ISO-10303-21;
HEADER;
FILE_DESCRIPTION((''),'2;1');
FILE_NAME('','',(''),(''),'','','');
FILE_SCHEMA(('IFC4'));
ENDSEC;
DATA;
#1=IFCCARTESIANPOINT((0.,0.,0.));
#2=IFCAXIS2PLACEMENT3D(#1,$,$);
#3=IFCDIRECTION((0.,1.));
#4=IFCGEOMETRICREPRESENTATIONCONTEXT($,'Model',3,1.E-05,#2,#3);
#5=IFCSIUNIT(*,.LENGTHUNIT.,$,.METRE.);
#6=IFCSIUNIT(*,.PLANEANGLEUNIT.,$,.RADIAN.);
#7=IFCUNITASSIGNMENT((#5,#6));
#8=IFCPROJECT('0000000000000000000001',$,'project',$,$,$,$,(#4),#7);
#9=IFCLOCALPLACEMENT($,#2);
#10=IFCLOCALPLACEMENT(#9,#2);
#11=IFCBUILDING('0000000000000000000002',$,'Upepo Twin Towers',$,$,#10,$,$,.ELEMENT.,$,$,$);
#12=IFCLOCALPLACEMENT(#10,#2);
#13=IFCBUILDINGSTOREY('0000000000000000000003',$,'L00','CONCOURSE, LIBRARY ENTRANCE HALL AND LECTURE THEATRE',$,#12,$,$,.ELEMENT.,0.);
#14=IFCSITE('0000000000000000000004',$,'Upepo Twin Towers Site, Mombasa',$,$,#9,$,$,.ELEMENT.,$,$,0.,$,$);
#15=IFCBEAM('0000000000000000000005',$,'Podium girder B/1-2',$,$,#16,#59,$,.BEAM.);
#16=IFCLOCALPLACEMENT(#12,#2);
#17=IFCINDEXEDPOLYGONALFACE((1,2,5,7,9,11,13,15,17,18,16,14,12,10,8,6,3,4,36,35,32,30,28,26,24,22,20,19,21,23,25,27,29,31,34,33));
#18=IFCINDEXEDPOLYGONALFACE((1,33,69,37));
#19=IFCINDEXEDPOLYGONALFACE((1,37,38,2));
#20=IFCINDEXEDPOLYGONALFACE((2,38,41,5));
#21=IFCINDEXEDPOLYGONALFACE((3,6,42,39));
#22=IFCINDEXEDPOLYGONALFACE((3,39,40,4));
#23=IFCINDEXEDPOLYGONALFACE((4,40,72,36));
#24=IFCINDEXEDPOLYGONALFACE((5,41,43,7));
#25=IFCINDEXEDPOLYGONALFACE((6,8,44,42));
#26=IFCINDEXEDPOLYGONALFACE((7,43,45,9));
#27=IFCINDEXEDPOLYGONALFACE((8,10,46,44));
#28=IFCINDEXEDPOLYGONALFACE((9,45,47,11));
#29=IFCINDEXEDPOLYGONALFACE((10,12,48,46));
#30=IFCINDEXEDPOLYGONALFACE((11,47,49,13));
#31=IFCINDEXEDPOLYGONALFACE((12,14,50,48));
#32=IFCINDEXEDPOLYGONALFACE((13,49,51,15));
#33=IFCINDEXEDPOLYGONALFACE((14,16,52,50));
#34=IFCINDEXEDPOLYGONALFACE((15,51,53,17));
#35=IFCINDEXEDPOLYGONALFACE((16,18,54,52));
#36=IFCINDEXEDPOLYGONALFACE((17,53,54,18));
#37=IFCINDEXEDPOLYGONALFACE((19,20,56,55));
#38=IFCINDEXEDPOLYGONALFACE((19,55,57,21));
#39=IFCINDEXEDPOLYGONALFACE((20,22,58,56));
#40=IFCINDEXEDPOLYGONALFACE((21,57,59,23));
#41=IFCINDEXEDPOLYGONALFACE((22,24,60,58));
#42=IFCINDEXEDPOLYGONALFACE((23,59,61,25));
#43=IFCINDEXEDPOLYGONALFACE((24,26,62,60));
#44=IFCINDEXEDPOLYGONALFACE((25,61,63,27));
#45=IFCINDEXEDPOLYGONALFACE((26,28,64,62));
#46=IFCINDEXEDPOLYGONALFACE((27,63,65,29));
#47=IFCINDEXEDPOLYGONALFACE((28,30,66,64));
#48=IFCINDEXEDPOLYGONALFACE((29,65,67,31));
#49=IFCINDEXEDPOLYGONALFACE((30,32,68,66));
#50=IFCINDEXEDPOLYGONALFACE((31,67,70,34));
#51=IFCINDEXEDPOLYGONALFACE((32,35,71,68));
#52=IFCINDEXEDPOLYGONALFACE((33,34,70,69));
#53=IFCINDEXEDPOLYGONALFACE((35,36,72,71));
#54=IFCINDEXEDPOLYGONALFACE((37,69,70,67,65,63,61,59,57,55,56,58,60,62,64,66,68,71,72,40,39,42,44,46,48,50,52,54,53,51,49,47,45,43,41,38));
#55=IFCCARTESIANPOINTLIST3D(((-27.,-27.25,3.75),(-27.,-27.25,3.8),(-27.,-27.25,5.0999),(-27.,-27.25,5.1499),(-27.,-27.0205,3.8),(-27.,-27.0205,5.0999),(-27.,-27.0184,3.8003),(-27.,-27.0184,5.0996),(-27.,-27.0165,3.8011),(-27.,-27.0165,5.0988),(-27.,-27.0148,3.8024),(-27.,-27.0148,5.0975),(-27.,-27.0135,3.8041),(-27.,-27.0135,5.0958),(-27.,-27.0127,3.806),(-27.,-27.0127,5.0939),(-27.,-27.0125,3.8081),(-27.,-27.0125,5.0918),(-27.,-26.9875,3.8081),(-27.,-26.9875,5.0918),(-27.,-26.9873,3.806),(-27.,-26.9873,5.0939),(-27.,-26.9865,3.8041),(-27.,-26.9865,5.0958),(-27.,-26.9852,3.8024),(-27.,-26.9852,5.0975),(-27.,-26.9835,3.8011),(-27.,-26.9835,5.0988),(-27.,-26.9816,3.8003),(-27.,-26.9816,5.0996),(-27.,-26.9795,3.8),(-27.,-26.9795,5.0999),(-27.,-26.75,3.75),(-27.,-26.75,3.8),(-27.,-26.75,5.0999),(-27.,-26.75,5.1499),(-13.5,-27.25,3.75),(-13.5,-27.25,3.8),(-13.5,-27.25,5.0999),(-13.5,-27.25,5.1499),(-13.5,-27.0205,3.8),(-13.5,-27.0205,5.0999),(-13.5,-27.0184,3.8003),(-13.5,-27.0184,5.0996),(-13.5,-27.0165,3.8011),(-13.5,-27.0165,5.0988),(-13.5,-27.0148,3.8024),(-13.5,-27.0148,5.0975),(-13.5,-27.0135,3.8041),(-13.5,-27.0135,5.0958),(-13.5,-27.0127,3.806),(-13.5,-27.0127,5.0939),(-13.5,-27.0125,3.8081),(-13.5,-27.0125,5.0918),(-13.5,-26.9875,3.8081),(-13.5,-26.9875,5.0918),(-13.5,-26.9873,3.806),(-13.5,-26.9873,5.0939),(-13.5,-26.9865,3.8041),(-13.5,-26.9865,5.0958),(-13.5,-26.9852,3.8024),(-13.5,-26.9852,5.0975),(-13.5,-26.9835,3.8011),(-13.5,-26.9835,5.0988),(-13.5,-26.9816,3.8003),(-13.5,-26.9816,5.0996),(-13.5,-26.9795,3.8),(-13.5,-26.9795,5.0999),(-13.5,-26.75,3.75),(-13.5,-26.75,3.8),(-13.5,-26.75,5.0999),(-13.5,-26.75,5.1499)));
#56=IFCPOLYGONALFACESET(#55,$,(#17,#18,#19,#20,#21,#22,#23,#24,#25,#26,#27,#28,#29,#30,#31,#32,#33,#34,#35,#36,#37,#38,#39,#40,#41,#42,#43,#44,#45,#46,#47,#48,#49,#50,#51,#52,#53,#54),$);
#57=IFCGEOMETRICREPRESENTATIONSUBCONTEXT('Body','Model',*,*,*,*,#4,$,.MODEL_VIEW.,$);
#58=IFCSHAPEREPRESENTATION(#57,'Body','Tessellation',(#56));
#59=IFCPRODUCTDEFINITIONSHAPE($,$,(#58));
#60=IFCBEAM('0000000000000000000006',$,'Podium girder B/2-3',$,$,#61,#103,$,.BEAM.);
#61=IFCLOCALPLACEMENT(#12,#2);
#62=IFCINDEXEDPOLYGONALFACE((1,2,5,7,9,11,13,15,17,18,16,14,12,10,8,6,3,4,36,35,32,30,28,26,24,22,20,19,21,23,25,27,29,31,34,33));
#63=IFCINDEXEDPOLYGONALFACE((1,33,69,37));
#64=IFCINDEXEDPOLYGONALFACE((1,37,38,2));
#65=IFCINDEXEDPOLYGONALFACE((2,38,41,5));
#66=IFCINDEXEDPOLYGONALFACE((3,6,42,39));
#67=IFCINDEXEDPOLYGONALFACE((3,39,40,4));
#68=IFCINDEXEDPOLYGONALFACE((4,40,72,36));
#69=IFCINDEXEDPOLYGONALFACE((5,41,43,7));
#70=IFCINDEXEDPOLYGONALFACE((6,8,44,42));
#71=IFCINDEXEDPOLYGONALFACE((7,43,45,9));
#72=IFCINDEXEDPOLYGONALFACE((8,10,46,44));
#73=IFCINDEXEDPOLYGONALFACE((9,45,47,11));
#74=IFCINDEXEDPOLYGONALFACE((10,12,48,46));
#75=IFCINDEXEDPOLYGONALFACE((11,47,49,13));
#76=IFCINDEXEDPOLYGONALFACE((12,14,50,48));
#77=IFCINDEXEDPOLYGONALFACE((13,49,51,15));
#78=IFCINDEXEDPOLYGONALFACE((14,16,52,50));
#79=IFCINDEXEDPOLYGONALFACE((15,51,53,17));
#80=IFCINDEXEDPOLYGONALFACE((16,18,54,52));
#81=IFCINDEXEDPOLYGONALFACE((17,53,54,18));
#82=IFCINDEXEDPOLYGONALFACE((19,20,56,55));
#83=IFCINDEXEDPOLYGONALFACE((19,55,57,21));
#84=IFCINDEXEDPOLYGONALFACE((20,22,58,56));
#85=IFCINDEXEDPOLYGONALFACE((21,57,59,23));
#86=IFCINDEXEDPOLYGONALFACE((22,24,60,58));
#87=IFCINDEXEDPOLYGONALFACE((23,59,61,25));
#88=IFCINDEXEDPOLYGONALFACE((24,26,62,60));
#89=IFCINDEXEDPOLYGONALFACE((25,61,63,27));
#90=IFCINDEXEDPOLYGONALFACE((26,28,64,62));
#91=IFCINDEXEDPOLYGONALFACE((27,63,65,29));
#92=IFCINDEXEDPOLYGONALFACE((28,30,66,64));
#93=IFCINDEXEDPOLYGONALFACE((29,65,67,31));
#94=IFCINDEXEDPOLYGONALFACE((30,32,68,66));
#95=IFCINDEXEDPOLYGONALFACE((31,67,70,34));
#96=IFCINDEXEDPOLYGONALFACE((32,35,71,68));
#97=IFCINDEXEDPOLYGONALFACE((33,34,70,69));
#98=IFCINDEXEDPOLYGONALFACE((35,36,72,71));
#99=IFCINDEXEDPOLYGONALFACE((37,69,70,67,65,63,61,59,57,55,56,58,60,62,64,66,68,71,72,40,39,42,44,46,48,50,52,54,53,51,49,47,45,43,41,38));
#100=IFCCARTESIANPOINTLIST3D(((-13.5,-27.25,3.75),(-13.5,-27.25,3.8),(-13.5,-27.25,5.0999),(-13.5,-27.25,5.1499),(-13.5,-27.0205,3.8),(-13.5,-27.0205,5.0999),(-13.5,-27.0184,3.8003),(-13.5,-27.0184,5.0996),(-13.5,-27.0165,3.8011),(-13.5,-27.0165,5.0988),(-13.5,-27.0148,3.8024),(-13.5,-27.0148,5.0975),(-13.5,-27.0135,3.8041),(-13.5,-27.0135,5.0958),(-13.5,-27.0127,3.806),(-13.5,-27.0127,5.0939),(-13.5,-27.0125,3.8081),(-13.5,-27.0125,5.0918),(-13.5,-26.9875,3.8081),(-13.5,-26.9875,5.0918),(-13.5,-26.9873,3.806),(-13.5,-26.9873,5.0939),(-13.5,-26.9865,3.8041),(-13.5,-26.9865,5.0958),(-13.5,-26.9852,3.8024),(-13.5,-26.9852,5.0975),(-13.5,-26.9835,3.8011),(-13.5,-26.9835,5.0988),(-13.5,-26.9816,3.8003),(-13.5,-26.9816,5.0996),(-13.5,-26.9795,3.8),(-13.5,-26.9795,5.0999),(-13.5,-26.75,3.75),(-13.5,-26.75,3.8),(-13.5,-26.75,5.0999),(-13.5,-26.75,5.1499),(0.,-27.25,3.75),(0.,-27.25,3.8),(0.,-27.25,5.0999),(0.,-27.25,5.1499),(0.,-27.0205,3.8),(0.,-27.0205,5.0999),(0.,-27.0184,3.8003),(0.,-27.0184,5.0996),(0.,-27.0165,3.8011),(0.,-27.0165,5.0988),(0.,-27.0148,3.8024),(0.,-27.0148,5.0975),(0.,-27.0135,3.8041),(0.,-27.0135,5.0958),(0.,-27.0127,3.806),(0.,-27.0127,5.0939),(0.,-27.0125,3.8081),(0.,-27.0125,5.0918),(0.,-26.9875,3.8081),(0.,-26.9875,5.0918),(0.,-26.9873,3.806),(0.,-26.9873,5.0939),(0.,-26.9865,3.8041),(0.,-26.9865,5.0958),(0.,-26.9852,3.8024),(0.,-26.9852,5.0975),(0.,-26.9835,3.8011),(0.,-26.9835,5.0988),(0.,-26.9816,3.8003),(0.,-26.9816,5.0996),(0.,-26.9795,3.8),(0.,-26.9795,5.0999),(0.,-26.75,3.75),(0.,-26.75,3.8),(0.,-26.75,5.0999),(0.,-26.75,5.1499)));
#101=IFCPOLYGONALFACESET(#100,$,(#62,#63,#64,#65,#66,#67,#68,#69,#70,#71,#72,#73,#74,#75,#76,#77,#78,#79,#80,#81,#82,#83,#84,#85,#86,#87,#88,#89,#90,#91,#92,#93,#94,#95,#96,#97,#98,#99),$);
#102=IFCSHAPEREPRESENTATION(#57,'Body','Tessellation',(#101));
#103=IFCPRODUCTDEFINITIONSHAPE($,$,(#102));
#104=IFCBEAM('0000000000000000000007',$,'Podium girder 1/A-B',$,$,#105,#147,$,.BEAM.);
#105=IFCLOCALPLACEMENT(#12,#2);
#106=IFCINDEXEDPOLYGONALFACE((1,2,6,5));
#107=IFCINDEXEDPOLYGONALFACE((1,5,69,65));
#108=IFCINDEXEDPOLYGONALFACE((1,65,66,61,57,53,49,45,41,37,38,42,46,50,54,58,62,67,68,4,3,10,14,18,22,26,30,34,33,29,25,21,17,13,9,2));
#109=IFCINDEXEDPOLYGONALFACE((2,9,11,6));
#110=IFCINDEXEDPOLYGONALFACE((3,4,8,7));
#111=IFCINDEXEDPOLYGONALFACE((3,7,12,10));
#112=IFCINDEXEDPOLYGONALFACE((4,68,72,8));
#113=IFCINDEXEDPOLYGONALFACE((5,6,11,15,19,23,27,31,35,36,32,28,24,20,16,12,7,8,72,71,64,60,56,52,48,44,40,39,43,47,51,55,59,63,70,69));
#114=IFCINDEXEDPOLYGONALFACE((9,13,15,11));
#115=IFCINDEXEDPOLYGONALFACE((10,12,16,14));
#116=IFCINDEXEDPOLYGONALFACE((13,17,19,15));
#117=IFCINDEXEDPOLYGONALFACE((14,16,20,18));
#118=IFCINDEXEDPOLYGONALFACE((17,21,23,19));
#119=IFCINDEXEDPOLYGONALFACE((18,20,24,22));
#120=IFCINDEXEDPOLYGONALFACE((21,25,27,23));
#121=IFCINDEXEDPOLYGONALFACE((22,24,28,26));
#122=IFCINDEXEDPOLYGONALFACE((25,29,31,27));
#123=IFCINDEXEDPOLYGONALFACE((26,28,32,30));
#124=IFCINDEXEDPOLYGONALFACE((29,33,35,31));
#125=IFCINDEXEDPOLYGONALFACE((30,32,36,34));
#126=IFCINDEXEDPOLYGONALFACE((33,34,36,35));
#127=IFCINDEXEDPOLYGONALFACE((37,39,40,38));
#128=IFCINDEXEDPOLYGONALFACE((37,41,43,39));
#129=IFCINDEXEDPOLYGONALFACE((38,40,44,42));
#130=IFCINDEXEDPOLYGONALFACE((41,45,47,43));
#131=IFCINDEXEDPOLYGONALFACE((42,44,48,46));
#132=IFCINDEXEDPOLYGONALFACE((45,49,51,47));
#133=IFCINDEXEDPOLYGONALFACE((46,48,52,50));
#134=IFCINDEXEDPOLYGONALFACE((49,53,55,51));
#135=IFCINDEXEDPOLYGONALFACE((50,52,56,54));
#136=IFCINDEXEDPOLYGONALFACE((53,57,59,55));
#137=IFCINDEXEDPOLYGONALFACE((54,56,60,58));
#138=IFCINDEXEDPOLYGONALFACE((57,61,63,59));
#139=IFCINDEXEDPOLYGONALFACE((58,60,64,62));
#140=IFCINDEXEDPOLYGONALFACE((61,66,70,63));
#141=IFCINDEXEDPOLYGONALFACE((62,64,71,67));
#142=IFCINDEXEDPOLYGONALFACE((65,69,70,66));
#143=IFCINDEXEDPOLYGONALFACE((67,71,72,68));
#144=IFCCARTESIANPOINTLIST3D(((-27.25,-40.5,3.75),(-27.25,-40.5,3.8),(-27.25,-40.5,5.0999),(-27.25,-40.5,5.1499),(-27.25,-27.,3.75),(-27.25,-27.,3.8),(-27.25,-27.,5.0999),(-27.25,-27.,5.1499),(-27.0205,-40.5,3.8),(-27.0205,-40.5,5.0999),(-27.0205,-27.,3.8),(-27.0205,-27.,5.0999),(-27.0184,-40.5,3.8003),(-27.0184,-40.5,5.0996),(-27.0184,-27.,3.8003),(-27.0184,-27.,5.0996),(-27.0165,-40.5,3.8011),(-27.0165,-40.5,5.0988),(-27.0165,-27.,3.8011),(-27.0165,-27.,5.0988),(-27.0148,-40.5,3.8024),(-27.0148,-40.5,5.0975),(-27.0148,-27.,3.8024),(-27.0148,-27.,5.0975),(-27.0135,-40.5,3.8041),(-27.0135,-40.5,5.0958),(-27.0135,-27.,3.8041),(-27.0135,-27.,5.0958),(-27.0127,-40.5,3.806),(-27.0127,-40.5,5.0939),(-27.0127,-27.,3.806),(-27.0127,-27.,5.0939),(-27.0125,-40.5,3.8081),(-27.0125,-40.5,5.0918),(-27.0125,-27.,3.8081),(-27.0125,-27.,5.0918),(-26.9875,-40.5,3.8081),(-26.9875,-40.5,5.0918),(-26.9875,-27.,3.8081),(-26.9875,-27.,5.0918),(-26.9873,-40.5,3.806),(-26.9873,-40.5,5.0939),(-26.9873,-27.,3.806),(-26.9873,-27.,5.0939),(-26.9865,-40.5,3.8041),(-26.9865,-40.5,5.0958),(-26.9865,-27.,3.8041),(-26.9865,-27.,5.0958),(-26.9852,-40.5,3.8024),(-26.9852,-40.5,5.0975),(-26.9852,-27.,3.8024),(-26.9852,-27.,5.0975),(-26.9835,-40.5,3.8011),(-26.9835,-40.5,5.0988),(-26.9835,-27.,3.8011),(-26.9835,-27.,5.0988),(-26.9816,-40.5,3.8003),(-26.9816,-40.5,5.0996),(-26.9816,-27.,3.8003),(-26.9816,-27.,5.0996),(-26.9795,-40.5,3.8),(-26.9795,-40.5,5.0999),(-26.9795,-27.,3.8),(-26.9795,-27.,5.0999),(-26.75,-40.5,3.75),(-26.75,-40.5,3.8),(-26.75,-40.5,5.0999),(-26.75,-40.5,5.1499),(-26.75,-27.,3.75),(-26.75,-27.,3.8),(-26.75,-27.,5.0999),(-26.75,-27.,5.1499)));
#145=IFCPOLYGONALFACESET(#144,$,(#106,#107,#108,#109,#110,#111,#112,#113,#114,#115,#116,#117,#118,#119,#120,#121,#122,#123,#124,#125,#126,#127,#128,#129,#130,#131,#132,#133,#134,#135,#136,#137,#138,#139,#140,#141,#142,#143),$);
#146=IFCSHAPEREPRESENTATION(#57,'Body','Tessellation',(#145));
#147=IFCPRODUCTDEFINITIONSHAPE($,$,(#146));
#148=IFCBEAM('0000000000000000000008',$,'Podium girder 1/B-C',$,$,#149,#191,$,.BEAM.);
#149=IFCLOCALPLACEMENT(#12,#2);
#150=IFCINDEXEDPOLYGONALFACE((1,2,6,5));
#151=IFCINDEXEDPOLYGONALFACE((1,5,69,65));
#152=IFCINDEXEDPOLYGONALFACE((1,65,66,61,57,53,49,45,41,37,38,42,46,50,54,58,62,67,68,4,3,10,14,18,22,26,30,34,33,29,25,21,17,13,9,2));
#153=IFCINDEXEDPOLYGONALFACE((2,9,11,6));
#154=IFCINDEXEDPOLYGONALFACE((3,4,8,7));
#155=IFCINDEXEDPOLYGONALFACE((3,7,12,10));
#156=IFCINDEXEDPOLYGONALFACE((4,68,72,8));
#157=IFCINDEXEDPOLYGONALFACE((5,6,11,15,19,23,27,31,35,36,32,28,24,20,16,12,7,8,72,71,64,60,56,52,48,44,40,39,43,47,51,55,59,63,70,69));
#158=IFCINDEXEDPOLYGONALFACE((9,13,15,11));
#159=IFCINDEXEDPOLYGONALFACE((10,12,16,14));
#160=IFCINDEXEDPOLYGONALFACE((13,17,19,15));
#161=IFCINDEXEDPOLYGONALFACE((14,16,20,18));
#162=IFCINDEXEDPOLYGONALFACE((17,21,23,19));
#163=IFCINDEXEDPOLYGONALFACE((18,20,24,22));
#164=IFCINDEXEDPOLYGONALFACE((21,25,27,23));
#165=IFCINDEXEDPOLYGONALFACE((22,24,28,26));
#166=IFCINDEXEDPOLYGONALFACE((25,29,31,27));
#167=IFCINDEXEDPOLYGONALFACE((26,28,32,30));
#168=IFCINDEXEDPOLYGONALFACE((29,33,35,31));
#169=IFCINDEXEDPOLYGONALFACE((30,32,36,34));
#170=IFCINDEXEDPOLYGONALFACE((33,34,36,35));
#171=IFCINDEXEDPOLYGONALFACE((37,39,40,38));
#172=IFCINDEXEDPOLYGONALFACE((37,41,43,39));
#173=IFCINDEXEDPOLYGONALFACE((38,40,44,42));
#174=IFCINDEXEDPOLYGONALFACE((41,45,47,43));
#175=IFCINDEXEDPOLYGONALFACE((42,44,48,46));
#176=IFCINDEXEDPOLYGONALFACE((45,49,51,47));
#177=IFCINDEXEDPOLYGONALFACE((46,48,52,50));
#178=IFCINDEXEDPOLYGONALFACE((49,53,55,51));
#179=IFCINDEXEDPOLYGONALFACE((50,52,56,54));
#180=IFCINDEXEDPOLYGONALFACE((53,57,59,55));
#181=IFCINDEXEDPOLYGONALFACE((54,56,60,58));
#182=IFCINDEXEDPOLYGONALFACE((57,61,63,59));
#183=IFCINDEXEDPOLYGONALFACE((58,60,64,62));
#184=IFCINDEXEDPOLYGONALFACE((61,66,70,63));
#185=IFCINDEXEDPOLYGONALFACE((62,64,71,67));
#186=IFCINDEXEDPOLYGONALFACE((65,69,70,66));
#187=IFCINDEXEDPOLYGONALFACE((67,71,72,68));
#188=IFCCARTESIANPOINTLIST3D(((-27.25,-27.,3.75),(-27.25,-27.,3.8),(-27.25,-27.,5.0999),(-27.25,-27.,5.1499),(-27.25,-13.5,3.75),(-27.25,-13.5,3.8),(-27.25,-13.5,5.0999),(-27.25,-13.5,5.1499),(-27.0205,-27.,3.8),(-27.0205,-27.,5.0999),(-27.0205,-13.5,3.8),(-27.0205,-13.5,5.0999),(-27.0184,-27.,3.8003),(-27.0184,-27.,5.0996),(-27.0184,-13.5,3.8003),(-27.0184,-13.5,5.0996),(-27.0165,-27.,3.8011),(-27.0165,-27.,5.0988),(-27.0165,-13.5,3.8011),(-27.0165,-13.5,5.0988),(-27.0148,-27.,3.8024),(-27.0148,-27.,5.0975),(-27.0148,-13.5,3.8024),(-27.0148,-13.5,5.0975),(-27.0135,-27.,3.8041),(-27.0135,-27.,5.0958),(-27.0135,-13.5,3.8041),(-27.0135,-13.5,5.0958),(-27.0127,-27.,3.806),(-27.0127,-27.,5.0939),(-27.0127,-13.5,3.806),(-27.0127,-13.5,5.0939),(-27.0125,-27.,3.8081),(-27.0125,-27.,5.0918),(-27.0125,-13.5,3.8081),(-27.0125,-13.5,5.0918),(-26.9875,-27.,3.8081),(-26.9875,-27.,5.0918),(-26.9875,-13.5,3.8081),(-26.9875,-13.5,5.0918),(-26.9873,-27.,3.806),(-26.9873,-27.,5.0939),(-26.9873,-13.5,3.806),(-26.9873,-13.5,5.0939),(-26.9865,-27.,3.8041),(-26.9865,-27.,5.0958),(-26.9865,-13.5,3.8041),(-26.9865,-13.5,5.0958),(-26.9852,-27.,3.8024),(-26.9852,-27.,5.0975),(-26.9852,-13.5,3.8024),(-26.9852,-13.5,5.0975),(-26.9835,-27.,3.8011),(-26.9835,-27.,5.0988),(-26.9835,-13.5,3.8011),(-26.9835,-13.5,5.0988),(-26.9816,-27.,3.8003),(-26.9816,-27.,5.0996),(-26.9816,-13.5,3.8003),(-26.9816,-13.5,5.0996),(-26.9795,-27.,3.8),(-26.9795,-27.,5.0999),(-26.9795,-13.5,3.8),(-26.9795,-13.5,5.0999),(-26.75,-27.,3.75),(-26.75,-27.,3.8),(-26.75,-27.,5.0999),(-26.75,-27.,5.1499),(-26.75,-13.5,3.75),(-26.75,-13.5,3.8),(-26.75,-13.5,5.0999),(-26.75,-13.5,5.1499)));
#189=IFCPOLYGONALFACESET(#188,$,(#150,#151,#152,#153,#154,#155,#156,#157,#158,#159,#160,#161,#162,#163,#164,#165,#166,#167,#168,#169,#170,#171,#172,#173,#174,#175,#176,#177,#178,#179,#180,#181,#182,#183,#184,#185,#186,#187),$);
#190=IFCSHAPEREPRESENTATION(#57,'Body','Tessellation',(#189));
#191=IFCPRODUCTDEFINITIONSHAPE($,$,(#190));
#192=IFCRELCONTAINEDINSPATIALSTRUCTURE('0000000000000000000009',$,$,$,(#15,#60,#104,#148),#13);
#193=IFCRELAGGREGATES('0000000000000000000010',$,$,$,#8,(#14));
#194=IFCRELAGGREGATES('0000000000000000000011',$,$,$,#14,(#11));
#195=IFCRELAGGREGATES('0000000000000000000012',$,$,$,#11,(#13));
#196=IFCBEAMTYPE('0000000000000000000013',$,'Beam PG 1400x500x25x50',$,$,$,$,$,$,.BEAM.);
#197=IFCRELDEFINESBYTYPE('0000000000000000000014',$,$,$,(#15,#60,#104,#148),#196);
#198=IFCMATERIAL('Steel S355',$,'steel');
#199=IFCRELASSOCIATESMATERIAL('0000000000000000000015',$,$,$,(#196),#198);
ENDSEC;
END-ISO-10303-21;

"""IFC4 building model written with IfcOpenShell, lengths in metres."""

from ifc_helpers import new_model, si_unit, direction, frame, origin, origin_2d, place, context, subcontext, project, spatial, i_section, extrude, material, material_profile, profile_set, type_object, element, save


model = new_model("IFC4")

# Units and contexts
model_context = context("Model", 3, precision=1e-05, world=origin(), true_north=direction((0.0, 1.0)))
body_context = subcontext(model_context, "Body", "Model", "MODEL_VIEW")
ifc_project = project(units=[si_unit("LENGTHUNIT", "METRE"), si_unit("PLANEANGLEUNIT", "RADIAN")], contexts=[model_context])

# Site, building, storey
site_placement = place(None, origin())
site = spatial("IfcSite", under=ifc_project, at=site_placement, Name="Upepo Twin Towers Site, Mombasa", CompositionType="ELEMENT", RefElevation=0.0)
building_placement = place(site_placement, origin())
building = spatial("IfcBuilding", under=site, at=building_placement, Name="Upepo Twin Towers", CompositionType="ELEMENT")
storey_placement = place(building_placement, origin())
storey = spatial("IfcBuildingStorey", under=building, at=storey_placement, Name="L00", Description="CONCOURSE, LIBRARY ENTRANCE HALL AND LECTURE THEATRE", CompositionType="ELEMENT", Elevation=0.0)

# Beams
ifc_material_1 = material(Name="Steel S355", Category="steel")
ifc_material_profile_1 = material_profile(ifc_material_1, i_section(OverallWidth=0.5, OverallDepth=1.3999, WebThickness=0.0249, FlangeThickness=0.05, FilletRadius=0.0081, at=origin_2d()), Name="PG 1400x500x25x50")
ifc_profile_set_1 = profile_set([ifc_material_profile_1], Name="Steel S355")
beam_type_1 = type_object("IfcBeamType", Name="Beam PG 1400x500x25x50", PredefinedType="BEAM", material=ifc_profile_set_1)
for number, where, z_axis, x_axis, name in (
    (1, (-27.0, -27.0, 4.45), (1.0, 0.0, 0.0), (0.0, 1.0, 0.0), "Podium girder B/1-2"),
    (2, (-13.5, -27.0, 4.45), (1.0, 0.0, 0.0), (0.0, 1.0, 0.0), "Podium girder B/2-3"),
    (3, (-27.0, -40.5, 4.45), (0.0, 1.0, 0.0), (-1.0, 0.0, 0.0), "Podium girder 1/A-B"),
    (4, (-27.0, -27.0, 4.45), (0.0, 1.0, 0.0), (-1.0, 0.0, 0.0), "Podium girder 1/B-C"),
):
    element("IfcBeam", number, at=place(storey_placement, frame(where, z_axis=z_axis, x_axis=x_axis)), inside=storey, type_object=beam_type_1, Name=name, PredefinedType="BEAM", context=body_context, shape_type="SweptSolid", body=[
        extrude(i_section(OverallWidth=0.5, OverallDepth=1.3999, WebThickness=0.0249, FlangeThickness=0.05, FilletRadius=0.0081, at=origin_2d()), origin(), (0.0, 0.0, 1.0), 13.5),
    ])

save(model, "model.ifc")
